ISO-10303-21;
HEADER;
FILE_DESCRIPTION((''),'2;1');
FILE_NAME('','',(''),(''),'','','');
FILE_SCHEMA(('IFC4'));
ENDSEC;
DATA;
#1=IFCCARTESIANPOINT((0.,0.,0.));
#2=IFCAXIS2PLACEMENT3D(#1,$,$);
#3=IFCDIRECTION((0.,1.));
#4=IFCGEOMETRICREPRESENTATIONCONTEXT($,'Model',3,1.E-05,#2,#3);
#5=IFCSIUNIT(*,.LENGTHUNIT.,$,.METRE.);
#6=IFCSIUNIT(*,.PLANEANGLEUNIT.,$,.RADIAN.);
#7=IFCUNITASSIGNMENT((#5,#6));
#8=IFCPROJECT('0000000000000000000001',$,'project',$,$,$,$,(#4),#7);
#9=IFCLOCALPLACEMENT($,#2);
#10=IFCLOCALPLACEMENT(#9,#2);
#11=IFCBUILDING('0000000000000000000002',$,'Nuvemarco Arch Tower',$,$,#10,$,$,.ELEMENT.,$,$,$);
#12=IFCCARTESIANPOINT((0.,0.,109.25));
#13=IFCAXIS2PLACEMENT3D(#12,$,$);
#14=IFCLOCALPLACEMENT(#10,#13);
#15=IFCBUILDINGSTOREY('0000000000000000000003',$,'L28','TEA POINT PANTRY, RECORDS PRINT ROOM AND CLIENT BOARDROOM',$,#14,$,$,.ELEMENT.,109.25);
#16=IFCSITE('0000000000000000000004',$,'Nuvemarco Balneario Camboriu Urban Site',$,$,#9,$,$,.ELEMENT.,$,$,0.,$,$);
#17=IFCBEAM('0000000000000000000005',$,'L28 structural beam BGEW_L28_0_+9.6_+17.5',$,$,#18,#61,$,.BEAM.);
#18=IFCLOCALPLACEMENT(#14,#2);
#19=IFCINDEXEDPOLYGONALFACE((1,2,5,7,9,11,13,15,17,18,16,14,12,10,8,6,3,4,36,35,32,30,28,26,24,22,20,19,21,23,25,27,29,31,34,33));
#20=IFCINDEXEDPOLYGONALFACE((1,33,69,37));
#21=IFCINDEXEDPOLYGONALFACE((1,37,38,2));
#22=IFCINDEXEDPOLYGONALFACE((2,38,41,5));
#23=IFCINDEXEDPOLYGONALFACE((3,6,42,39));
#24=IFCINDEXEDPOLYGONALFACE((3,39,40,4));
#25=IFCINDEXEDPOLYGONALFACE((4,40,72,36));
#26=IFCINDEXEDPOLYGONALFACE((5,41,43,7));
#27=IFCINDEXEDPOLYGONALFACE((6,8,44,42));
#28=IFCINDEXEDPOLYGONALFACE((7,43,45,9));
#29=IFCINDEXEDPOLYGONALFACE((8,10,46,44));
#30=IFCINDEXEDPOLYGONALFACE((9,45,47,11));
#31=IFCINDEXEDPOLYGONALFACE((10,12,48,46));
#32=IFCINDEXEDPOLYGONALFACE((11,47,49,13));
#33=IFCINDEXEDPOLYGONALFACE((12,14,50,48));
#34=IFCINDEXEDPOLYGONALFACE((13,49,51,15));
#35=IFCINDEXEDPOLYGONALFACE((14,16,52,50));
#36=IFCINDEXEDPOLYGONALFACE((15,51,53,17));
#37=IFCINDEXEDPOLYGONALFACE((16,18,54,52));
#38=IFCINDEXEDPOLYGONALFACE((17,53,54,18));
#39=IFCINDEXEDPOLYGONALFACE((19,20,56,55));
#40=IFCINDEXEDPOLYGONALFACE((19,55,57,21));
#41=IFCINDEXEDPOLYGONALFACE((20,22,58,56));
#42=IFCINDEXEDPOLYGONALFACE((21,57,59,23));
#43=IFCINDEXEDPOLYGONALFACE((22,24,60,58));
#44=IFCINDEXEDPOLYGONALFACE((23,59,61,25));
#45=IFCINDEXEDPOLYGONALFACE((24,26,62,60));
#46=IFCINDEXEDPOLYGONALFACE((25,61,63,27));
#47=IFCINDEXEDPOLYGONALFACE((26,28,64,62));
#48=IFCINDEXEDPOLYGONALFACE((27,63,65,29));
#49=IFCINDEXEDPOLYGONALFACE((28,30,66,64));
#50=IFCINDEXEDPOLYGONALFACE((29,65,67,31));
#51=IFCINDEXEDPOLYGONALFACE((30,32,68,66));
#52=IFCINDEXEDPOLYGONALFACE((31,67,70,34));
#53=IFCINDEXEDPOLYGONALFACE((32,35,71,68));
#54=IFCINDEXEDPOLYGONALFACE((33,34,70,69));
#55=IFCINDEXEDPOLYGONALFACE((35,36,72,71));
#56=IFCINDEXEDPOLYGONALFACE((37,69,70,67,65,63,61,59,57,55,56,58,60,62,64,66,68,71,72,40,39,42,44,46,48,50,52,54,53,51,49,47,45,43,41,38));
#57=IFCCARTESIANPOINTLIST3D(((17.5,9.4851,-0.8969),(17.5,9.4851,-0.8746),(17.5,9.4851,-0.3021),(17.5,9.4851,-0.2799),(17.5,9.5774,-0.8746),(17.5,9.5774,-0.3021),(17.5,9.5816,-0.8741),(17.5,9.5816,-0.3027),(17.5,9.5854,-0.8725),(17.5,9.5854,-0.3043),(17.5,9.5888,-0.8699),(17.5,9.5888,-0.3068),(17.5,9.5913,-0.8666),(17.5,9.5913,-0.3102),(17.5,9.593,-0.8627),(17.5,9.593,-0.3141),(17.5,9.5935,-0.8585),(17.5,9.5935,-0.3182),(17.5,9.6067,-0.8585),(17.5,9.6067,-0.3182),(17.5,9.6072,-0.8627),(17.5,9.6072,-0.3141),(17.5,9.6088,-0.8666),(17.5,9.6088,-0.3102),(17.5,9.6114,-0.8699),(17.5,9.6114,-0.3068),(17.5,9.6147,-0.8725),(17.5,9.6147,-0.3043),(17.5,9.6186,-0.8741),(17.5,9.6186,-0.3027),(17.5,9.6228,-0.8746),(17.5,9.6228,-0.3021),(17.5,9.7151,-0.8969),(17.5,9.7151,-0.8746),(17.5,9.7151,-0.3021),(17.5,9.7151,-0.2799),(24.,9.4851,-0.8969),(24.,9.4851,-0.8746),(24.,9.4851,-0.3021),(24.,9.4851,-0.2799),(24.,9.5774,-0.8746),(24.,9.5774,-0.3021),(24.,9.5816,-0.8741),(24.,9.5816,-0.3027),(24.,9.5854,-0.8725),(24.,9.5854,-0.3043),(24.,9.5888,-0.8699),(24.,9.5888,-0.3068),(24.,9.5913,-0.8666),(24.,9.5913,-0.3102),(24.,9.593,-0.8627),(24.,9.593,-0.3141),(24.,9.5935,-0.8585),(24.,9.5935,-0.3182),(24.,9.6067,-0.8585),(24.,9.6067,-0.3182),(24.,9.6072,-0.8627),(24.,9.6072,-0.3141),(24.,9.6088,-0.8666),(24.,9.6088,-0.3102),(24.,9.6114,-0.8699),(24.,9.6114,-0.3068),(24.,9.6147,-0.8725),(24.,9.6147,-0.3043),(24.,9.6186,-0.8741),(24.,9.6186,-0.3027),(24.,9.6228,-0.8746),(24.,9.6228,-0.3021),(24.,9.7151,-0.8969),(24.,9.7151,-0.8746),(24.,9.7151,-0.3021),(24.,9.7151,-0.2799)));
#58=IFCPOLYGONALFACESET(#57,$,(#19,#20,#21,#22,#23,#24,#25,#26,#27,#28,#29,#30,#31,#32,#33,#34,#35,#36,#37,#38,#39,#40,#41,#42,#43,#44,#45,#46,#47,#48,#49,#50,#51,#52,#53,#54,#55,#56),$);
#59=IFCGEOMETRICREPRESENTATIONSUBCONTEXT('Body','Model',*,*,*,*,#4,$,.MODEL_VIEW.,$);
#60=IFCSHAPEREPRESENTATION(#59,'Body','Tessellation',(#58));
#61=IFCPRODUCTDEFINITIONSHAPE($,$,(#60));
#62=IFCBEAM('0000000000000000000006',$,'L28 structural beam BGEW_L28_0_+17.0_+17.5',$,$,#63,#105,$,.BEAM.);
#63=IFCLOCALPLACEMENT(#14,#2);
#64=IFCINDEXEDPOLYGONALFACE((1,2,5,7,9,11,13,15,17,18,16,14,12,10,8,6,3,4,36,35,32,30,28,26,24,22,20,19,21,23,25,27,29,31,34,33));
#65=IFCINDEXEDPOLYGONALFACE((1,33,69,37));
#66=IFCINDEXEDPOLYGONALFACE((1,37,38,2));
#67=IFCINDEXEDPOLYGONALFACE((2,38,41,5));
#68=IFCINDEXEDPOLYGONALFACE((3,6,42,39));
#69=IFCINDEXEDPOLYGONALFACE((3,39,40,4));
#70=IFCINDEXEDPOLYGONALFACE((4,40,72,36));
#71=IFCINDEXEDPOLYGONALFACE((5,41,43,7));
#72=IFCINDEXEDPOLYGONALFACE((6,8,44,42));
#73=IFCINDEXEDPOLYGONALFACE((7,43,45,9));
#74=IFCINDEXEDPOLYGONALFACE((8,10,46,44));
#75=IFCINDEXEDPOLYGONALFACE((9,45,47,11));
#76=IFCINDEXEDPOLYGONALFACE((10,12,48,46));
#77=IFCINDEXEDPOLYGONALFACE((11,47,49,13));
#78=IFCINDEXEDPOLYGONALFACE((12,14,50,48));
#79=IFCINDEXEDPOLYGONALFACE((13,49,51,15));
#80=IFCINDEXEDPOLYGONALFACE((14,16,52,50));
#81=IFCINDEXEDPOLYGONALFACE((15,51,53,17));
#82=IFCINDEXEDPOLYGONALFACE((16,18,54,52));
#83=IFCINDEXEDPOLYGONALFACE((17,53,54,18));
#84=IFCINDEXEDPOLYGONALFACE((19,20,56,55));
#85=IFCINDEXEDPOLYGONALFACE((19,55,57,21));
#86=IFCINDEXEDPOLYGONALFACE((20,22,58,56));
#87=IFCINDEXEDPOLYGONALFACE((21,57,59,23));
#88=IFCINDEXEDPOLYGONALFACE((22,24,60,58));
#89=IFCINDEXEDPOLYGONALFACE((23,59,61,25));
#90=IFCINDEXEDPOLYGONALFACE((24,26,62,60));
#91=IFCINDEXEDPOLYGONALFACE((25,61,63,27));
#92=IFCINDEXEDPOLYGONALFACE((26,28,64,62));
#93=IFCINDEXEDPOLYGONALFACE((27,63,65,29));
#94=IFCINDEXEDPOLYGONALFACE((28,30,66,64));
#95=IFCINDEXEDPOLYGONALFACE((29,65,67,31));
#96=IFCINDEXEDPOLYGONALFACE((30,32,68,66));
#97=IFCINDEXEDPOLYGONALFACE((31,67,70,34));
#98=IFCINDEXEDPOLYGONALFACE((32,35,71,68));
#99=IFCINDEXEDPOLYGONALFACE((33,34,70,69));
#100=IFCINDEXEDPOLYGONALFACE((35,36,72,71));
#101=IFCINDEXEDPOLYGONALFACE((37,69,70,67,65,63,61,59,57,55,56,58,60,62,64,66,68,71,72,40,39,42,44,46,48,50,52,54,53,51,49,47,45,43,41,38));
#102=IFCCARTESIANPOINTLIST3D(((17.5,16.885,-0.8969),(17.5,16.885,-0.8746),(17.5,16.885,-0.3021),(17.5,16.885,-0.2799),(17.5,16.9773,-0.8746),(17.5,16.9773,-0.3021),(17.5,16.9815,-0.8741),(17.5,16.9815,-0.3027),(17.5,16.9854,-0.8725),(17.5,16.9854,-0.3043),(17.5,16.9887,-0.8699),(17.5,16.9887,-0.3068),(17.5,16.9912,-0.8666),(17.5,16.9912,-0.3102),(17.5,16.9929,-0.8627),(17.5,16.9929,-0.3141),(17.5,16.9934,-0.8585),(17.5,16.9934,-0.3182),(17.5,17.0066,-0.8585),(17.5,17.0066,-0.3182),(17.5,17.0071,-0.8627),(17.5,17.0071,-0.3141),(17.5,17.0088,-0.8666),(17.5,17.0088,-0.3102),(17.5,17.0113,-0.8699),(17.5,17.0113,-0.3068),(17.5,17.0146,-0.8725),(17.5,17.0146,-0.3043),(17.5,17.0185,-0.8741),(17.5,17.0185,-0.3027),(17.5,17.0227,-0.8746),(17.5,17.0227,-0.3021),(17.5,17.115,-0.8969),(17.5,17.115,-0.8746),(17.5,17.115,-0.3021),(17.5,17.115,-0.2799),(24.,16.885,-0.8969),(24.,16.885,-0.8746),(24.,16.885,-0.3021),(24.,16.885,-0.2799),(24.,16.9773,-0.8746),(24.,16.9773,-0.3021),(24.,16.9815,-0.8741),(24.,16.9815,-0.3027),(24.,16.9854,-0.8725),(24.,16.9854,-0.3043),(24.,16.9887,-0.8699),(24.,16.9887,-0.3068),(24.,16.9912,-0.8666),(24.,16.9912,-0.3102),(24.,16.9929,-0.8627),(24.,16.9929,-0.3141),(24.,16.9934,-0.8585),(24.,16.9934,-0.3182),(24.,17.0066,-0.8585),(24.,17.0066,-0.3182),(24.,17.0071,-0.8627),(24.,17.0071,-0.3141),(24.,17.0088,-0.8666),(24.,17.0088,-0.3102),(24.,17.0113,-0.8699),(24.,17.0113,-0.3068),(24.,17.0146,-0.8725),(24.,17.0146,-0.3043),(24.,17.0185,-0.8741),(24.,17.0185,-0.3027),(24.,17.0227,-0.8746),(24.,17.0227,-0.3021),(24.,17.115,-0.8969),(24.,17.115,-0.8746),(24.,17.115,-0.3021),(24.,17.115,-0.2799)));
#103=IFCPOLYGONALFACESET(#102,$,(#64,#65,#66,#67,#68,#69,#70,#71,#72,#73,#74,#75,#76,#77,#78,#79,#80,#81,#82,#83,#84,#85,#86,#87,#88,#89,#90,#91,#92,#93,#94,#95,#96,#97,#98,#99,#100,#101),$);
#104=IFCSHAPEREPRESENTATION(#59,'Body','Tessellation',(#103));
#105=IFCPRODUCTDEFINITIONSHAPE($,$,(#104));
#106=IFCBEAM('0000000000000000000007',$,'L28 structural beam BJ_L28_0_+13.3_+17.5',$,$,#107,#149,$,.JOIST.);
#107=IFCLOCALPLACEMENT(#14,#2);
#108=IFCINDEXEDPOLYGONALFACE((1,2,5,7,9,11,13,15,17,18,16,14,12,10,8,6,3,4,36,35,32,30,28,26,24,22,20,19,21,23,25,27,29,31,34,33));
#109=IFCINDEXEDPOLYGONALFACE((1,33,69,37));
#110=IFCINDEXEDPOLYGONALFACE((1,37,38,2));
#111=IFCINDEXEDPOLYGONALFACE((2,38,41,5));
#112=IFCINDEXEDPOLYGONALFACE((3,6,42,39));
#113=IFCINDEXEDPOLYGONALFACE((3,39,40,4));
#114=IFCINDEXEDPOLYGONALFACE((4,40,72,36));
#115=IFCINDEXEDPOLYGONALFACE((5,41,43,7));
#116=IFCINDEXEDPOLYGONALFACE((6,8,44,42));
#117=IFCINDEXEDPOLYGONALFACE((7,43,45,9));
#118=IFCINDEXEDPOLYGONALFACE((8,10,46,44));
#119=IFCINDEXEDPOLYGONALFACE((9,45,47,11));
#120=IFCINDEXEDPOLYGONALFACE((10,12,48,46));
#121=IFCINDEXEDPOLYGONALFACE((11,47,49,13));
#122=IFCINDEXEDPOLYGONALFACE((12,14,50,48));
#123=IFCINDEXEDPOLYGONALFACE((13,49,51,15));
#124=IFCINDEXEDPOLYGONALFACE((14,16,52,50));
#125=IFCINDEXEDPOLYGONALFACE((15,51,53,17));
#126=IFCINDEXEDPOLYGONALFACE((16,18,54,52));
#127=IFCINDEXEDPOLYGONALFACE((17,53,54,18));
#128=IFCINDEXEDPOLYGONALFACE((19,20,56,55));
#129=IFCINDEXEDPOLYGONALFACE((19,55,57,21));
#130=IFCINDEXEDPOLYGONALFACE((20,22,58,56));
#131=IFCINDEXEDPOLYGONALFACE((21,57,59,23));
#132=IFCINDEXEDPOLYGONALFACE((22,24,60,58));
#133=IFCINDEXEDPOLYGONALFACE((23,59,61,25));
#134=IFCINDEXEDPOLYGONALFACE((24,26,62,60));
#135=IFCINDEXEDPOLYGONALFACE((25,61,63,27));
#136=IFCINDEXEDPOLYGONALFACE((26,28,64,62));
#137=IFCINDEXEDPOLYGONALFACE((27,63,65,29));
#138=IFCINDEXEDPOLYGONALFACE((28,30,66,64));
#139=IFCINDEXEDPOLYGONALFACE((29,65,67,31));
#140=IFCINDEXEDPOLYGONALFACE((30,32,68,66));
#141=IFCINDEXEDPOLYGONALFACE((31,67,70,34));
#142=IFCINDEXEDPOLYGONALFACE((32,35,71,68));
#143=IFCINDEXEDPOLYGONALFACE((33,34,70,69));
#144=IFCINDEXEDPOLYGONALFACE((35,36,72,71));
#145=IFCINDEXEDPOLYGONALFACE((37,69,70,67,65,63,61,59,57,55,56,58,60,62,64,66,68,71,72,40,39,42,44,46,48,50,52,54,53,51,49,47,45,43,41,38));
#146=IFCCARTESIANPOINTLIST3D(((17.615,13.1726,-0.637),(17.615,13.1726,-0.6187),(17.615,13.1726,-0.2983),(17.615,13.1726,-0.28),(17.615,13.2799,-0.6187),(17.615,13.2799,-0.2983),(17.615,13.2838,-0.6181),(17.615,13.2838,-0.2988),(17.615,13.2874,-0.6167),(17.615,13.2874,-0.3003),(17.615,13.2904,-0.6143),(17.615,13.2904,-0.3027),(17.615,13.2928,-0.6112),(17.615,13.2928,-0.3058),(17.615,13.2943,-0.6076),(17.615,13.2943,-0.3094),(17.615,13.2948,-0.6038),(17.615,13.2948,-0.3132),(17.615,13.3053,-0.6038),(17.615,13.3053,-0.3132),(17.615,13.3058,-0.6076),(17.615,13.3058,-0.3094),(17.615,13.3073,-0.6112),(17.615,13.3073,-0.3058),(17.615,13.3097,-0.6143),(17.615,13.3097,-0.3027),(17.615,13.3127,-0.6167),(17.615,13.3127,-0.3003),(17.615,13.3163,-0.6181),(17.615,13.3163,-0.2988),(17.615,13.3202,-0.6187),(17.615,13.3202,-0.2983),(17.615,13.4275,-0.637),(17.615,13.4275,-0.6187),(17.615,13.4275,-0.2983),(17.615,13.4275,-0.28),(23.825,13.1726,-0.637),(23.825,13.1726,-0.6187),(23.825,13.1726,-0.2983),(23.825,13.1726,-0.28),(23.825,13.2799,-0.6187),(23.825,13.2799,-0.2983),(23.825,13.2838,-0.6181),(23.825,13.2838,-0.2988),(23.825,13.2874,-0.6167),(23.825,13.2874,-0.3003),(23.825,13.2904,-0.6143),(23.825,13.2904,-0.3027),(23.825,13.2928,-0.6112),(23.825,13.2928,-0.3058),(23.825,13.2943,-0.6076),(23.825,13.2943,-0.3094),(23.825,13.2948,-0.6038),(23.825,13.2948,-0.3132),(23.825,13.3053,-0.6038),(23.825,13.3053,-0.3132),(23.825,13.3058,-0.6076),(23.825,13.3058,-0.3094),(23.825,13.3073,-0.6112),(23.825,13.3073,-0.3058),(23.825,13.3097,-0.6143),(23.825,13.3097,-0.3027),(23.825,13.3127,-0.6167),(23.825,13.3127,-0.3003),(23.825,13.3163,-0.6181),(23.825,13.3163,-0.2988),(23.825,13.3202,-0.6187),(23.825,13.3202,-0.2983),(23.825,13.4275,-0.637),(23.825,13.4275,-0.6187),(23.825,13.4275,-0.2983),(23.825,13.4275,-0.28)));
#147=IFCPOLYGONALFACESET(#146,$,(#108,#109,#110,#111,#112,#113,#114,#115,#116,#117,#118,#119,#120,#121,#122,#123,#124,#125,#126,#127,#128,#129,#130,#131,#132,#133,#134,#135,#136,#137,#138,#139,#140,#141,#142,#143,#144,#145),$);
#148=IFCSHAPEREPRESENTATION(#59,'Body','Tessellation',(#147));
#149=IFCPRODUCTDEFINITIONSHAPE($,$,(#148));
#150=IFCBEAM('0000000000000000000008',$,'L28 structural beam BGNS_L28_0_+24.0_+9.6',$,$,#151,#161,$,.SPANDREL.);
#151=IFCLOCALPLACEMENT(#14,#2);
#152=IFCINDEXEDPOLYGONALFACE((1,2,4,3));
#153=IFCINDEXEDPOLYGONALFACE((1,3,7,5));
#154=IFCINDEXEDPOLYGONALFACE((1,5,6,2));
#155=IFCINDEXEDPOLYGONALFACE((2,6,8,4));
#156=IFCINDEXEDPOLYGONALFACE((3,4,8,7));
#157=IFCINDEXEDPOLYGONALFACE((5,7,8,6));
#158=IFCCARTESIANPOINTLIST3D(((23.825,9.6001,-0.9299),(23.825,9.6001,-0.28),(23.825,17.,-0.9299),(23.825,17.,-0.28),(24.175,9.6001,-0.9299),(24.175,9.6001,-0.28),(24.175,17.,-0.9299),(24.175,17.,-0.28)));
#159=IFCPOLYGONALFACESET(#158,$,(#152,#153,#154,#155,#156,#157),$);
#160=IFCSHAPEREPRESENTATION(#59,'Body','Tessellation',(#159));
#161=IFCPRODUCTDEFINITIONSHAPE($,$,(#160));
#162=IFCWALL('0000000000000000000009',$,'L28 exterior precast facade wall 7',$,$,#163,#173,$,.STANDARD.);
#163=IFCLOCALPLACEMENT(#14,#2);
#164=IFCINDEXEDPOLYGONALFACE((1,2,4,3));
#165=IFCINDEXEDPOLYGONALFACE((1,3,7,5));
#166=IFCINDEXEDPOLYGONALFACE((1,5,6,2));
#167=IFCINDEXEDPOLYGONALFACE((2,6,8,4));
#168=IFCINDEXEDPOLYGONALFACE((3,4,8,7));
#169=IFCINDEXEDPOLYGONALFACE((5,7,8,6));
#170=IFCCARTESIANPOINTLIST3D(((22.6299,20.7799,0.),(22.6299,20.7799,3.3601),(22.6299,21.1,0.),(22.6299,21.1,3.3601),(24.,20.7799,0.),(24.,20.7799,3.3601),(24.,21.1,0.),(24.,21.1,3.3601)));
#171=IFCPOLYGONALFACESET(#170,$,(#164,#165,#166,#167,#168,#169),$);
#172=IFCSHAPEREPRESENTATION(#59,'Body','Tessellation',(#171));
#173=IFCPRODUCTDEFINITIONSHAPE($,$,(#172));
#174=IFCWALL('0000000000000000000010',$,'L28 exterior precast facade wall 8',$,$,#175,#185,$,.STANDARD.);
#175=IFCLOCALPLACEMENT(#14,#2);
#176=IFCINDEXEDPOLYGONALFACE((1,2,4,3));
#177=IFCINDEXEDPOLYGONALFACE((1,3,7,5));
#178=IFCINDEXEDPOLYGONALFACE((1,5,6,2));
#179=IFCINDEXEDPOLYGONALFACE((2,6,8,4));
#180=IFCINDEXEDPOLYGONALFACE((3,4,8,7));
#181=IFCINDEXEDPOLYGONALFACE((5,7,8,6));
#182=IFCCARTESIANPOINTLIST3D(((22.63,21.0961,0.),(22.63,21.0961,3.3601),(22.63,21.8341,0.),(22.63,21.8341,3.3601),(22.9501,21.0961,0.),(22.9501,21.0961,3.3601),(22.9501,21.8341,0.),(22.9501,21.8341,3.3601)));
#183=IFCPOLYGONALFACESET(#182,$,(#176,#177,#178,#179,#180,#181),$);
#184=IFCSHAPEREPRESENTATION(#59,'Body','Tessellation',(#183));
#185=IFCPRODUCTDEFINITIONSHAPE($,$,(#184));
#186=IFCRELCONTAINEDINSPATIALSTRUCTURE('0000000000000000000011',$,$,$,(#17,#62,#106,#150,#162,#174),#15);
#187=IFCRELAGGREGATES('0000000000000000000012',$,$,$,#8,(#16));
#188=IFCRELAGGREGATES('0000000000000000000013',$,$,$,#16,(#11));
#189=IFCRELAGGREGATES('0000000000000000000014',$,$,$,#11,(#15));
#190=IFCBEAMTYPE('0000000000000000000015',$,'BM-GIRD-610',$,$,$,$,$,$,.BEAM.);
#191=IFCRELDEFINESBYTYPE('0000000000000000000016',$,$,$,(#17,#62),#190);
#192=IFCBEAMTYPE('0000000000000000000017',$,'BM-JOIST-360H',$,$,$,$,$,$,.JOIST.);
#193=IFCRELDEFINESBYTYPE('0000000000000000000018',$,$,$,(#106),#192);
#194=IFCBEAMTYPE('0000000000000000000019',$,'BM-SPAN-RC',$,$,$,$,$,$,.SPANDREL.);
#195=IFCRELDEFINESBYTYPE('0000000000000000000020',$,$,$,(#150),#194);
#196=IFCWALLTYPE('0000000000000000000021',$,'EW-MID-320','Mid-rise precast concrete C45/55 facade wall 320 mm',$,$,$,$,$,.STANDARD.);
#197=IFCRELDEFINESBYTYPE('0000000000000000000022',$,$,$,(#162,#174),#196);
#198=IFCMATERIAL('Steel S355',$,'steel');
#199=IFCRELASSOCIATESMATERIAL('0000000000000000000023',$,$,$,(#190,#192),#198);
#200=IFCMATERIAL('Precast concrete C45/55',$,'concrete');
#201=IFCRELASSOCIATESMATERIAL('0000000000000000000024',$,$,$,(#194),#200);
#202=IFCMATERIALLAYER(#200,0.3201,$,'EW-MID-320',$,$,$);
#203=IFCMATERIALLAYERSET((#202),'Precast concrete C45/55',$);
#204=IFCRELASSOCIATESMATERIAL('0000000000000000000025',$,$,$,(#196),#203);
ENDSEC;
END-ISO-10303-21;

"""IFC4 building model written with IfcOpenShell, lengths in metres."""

from ifc_helpers import new_model, si_unit, direction, frame, frame_2d, origin, origin_2d, place, context, subcontext, project, spatial, rectangle, i_section, extrude, material, layer, layer_set, material_profile, profile_set, type_object, element, save


model = new_model("IFC4")

# Units and contexts
model_context = context("Model", 3, precision=1e-05, world=origin(), true_north=direction((0.0, 1.0)))
body_context = subcontext(model_context, "Body", "Model", "MODEL_VIEW")
ifc_project = project(units=[si_unit("LENGTHUNIT", "METRE"), si_unit("PLANEANGLEUNIT", "RADIAN")], contexts=[model_context])

# Site, building, storey
site_placement = place(None, origin())
site = spatial("IfcSite", under=ifc_project, at=site_placement, Name="Nuvemarco Balneario Camboriu Urban Site", CompositionType="ELEMENT", RefElevation=0.0)
building_placement = place(site_placement, origin())
building = spatial("IfcBuilding", under=site, at=building_placement, Name="Nuvemarco Arch Tower", CompositionType="ELEMENT")
storey_placement = place(building_placement, frame((0.0, 0.0, 109.25)))
storey = spatial("IfcBuildingStorey", under=building, at=storey_placement, Name="L28", Description="TEA POINT PANTRY, RECORDS PRINT ROOM AND CLIENT BOARDROOM", CompositionType="ELEMENT", Elevation=109.25)

# Shared definitions
ifc_material_1 = material(Name="Steel S355", Category="steel")

# Beams
ifc_material_profile_1 = material_profile(ifc_material_1, i_section(OverallWidth=0.23, OverallDepth=0.6169, WebThickness=0.0132, FlangeThickness=0.0222, FilletRadius=0.0161, at=origin_2d()), Name="W610x140")
ifc_profile_set_1 = profile_set([ifc_material_profile_1], Name="Steel S355")
beam_type_1 = type_object("IfcBeamType", Name="BM-GIRD-610", PredefinedType="BEAM", material=ifc_profile_set_1)
for number, where, z_axis, x_axis, name in (
    (1, (17.5, 9.6001, -0.5884), (1.0, 0.0, 0.0), (0.0, 1.0, 0.0), "L28 structural beam BGEW_L28_0_+9.6_+17.5"),
    (2, (17.5, 17.0, -0.5884), (1.0, 0.0, 0.0), (0.0, 1.0, 0.0), "L28 structural beam BGEW_L28_0_+17.0_+17.5"),
):
    element("IfcBeam", number, at=place(storey_placement, frame(where, z_axis=z_axis, x_axis=x_axis)), inside=storey, type_object=beam_type_1, Name=name, PredefinedType="BEAM", context=body_context, shape_type="SweptSolid", body=[
        extrude(i_section(OverallWidth=0.23, OverallDepth=0.6169, WebThickness=0.0132, FlangeThickness=0.0222, FilletRadius=0.0161, at=origin_2d()), origin(), (0.0, 0.0, 1.0), 6.5),
    ])
ifc_material_profile_2 = material_profile(ifc_material_1, i_section(OverallWidth=0.2549, OverallDepth=0.3569, WebThickness=0.0105, FlangeThickness=0.0183, FilletRadius=0.0149, at=origin_2d()), Name="W360x101")
ifc_profile_set_2 = profile_set([ifc_material_profile_2], Name="Steel S355")
beam_type_2 = type_object("IfcBeamType", Name="BM-JOIST-360H", PredefinedType="JOIST", material=ifc_profile_set_2)
beam_1_placement = place(storey_placement, frame((17.615, 13.3, -0.4585), z_axis=(1.0, 0.0, 0.0), x_axis=(0.0, 1.0, 0.0)))
element("IfcBeam", 3, at=beam_1_placement, inside=storey, type_object=beam_type_2, Name="L28 structural beam BJ_L28_0_+13.3_+17.5", PredefinedType="JOIST", context=body_context, shape_type="SweptSolid", body=[
    extrude(i_section(OverallWidth=0.2549, OverallDepth=0.3569, WebThickness=0.0105, FlangeThickness=0.0183, FilletRadius=0.0149, at=origin_2d()), origin(), (0.0, 0.0, 1.0), 6.21),
])
ifc_material_2 = material(Name="Precast concrete C45/55", Category="concrete")
ifc_material_profile_3 = material_profile(ifc_material_2, rectangle(XDim=0.3501, YDim=0.6499, at=origin_2d()), Name="PC-SP-350x650")
ifc_profile_set_3 = profile_set([ifc_material_profile_3], Name="Precast concrete C45/55")
beam_type_3 = type_object("IfcBeamType", Name="BM-SPAN-RC", PredefinedType="SPANDREL", material=ifc_profile_set_3)
beam_2_placement = place(storey_placement, frame((24.0, 9.6001, -0.605), z_axis=(0.0, 1.0, 0.0), x_axis=(-1.0, 0.0, 0.0)))
element("IfcBeam", 4, at=beam_2_placement, inside=storey, type_object=beam_type_3, Name="L28 structural beam BGNS_L28_0_+24.0_+9.6", PredefinedType="SPANDREL", context=body_context, shape_type="SweptSolid", body=[
    extrude(rectangle(XDim=0.3501, YDim=0.6499, at=origin_2d()), origin(), (0.0, 0.0, 1.0), 7.3999),
])

# Walls
ifc_layer_1 = layer(ifc_material_2, 0.3201, Name="EW-MID-320")
ifc_layer_set_1 = layer_set([ifc_layer_1], Name="Precast concrete C45/55")
wall_type_1 = type_object("IfcWallType", Name="EW-MID-320", Description="Mid-rise precast concrete C45/55 facade wall 320 mm", PredefinedType="STANDARD", material=ifc_layer_set_1)
wall_1_placement = place(storey_placement, frame((22.6299, 20.9399, 0.0), z_axis=(0.0, 0.0, 1.0), x_axis=(1.0, 0.0, 0.0)))
element("IfcWall", 5, at=wall_1_placement, inside=storey, type_object=wall_type_1, Name="L28 exterior precast facade wall 7", PredefinedType="STANDARD", context=body_context, shape_type="SweptSolid", body=[
    extrude(rectangle(XDim=1.3701, YDim=0.3201, at=frame_2d((0.6851, 0.0))), origin(), (0.0, 0.0, 1.0), 3.3601),
])
wall_2_placement = place(storey_placement, frame((22.79, 21.0959, 0.0), z_axis=(0.0, 0.0, 1.0), x_axis=(0.0, 1.0, 0.0)))
element("IfcWall", 6, at=wall_2_placement, inside=storey, type_object=wall_type_1, Name="L28 exterior precast facade wall 8", PredefinedType="STANDARD", context=body_context, shape_type="SweptSolid", body=[
    extrude(rectangle(XDim=0.738, YDim=0.3201, at=frame_2d((0.3691, 0.0))), origin(), (0.0, 0.0, 1.0), 3.3601),
])

save(model, "model.ifc")
